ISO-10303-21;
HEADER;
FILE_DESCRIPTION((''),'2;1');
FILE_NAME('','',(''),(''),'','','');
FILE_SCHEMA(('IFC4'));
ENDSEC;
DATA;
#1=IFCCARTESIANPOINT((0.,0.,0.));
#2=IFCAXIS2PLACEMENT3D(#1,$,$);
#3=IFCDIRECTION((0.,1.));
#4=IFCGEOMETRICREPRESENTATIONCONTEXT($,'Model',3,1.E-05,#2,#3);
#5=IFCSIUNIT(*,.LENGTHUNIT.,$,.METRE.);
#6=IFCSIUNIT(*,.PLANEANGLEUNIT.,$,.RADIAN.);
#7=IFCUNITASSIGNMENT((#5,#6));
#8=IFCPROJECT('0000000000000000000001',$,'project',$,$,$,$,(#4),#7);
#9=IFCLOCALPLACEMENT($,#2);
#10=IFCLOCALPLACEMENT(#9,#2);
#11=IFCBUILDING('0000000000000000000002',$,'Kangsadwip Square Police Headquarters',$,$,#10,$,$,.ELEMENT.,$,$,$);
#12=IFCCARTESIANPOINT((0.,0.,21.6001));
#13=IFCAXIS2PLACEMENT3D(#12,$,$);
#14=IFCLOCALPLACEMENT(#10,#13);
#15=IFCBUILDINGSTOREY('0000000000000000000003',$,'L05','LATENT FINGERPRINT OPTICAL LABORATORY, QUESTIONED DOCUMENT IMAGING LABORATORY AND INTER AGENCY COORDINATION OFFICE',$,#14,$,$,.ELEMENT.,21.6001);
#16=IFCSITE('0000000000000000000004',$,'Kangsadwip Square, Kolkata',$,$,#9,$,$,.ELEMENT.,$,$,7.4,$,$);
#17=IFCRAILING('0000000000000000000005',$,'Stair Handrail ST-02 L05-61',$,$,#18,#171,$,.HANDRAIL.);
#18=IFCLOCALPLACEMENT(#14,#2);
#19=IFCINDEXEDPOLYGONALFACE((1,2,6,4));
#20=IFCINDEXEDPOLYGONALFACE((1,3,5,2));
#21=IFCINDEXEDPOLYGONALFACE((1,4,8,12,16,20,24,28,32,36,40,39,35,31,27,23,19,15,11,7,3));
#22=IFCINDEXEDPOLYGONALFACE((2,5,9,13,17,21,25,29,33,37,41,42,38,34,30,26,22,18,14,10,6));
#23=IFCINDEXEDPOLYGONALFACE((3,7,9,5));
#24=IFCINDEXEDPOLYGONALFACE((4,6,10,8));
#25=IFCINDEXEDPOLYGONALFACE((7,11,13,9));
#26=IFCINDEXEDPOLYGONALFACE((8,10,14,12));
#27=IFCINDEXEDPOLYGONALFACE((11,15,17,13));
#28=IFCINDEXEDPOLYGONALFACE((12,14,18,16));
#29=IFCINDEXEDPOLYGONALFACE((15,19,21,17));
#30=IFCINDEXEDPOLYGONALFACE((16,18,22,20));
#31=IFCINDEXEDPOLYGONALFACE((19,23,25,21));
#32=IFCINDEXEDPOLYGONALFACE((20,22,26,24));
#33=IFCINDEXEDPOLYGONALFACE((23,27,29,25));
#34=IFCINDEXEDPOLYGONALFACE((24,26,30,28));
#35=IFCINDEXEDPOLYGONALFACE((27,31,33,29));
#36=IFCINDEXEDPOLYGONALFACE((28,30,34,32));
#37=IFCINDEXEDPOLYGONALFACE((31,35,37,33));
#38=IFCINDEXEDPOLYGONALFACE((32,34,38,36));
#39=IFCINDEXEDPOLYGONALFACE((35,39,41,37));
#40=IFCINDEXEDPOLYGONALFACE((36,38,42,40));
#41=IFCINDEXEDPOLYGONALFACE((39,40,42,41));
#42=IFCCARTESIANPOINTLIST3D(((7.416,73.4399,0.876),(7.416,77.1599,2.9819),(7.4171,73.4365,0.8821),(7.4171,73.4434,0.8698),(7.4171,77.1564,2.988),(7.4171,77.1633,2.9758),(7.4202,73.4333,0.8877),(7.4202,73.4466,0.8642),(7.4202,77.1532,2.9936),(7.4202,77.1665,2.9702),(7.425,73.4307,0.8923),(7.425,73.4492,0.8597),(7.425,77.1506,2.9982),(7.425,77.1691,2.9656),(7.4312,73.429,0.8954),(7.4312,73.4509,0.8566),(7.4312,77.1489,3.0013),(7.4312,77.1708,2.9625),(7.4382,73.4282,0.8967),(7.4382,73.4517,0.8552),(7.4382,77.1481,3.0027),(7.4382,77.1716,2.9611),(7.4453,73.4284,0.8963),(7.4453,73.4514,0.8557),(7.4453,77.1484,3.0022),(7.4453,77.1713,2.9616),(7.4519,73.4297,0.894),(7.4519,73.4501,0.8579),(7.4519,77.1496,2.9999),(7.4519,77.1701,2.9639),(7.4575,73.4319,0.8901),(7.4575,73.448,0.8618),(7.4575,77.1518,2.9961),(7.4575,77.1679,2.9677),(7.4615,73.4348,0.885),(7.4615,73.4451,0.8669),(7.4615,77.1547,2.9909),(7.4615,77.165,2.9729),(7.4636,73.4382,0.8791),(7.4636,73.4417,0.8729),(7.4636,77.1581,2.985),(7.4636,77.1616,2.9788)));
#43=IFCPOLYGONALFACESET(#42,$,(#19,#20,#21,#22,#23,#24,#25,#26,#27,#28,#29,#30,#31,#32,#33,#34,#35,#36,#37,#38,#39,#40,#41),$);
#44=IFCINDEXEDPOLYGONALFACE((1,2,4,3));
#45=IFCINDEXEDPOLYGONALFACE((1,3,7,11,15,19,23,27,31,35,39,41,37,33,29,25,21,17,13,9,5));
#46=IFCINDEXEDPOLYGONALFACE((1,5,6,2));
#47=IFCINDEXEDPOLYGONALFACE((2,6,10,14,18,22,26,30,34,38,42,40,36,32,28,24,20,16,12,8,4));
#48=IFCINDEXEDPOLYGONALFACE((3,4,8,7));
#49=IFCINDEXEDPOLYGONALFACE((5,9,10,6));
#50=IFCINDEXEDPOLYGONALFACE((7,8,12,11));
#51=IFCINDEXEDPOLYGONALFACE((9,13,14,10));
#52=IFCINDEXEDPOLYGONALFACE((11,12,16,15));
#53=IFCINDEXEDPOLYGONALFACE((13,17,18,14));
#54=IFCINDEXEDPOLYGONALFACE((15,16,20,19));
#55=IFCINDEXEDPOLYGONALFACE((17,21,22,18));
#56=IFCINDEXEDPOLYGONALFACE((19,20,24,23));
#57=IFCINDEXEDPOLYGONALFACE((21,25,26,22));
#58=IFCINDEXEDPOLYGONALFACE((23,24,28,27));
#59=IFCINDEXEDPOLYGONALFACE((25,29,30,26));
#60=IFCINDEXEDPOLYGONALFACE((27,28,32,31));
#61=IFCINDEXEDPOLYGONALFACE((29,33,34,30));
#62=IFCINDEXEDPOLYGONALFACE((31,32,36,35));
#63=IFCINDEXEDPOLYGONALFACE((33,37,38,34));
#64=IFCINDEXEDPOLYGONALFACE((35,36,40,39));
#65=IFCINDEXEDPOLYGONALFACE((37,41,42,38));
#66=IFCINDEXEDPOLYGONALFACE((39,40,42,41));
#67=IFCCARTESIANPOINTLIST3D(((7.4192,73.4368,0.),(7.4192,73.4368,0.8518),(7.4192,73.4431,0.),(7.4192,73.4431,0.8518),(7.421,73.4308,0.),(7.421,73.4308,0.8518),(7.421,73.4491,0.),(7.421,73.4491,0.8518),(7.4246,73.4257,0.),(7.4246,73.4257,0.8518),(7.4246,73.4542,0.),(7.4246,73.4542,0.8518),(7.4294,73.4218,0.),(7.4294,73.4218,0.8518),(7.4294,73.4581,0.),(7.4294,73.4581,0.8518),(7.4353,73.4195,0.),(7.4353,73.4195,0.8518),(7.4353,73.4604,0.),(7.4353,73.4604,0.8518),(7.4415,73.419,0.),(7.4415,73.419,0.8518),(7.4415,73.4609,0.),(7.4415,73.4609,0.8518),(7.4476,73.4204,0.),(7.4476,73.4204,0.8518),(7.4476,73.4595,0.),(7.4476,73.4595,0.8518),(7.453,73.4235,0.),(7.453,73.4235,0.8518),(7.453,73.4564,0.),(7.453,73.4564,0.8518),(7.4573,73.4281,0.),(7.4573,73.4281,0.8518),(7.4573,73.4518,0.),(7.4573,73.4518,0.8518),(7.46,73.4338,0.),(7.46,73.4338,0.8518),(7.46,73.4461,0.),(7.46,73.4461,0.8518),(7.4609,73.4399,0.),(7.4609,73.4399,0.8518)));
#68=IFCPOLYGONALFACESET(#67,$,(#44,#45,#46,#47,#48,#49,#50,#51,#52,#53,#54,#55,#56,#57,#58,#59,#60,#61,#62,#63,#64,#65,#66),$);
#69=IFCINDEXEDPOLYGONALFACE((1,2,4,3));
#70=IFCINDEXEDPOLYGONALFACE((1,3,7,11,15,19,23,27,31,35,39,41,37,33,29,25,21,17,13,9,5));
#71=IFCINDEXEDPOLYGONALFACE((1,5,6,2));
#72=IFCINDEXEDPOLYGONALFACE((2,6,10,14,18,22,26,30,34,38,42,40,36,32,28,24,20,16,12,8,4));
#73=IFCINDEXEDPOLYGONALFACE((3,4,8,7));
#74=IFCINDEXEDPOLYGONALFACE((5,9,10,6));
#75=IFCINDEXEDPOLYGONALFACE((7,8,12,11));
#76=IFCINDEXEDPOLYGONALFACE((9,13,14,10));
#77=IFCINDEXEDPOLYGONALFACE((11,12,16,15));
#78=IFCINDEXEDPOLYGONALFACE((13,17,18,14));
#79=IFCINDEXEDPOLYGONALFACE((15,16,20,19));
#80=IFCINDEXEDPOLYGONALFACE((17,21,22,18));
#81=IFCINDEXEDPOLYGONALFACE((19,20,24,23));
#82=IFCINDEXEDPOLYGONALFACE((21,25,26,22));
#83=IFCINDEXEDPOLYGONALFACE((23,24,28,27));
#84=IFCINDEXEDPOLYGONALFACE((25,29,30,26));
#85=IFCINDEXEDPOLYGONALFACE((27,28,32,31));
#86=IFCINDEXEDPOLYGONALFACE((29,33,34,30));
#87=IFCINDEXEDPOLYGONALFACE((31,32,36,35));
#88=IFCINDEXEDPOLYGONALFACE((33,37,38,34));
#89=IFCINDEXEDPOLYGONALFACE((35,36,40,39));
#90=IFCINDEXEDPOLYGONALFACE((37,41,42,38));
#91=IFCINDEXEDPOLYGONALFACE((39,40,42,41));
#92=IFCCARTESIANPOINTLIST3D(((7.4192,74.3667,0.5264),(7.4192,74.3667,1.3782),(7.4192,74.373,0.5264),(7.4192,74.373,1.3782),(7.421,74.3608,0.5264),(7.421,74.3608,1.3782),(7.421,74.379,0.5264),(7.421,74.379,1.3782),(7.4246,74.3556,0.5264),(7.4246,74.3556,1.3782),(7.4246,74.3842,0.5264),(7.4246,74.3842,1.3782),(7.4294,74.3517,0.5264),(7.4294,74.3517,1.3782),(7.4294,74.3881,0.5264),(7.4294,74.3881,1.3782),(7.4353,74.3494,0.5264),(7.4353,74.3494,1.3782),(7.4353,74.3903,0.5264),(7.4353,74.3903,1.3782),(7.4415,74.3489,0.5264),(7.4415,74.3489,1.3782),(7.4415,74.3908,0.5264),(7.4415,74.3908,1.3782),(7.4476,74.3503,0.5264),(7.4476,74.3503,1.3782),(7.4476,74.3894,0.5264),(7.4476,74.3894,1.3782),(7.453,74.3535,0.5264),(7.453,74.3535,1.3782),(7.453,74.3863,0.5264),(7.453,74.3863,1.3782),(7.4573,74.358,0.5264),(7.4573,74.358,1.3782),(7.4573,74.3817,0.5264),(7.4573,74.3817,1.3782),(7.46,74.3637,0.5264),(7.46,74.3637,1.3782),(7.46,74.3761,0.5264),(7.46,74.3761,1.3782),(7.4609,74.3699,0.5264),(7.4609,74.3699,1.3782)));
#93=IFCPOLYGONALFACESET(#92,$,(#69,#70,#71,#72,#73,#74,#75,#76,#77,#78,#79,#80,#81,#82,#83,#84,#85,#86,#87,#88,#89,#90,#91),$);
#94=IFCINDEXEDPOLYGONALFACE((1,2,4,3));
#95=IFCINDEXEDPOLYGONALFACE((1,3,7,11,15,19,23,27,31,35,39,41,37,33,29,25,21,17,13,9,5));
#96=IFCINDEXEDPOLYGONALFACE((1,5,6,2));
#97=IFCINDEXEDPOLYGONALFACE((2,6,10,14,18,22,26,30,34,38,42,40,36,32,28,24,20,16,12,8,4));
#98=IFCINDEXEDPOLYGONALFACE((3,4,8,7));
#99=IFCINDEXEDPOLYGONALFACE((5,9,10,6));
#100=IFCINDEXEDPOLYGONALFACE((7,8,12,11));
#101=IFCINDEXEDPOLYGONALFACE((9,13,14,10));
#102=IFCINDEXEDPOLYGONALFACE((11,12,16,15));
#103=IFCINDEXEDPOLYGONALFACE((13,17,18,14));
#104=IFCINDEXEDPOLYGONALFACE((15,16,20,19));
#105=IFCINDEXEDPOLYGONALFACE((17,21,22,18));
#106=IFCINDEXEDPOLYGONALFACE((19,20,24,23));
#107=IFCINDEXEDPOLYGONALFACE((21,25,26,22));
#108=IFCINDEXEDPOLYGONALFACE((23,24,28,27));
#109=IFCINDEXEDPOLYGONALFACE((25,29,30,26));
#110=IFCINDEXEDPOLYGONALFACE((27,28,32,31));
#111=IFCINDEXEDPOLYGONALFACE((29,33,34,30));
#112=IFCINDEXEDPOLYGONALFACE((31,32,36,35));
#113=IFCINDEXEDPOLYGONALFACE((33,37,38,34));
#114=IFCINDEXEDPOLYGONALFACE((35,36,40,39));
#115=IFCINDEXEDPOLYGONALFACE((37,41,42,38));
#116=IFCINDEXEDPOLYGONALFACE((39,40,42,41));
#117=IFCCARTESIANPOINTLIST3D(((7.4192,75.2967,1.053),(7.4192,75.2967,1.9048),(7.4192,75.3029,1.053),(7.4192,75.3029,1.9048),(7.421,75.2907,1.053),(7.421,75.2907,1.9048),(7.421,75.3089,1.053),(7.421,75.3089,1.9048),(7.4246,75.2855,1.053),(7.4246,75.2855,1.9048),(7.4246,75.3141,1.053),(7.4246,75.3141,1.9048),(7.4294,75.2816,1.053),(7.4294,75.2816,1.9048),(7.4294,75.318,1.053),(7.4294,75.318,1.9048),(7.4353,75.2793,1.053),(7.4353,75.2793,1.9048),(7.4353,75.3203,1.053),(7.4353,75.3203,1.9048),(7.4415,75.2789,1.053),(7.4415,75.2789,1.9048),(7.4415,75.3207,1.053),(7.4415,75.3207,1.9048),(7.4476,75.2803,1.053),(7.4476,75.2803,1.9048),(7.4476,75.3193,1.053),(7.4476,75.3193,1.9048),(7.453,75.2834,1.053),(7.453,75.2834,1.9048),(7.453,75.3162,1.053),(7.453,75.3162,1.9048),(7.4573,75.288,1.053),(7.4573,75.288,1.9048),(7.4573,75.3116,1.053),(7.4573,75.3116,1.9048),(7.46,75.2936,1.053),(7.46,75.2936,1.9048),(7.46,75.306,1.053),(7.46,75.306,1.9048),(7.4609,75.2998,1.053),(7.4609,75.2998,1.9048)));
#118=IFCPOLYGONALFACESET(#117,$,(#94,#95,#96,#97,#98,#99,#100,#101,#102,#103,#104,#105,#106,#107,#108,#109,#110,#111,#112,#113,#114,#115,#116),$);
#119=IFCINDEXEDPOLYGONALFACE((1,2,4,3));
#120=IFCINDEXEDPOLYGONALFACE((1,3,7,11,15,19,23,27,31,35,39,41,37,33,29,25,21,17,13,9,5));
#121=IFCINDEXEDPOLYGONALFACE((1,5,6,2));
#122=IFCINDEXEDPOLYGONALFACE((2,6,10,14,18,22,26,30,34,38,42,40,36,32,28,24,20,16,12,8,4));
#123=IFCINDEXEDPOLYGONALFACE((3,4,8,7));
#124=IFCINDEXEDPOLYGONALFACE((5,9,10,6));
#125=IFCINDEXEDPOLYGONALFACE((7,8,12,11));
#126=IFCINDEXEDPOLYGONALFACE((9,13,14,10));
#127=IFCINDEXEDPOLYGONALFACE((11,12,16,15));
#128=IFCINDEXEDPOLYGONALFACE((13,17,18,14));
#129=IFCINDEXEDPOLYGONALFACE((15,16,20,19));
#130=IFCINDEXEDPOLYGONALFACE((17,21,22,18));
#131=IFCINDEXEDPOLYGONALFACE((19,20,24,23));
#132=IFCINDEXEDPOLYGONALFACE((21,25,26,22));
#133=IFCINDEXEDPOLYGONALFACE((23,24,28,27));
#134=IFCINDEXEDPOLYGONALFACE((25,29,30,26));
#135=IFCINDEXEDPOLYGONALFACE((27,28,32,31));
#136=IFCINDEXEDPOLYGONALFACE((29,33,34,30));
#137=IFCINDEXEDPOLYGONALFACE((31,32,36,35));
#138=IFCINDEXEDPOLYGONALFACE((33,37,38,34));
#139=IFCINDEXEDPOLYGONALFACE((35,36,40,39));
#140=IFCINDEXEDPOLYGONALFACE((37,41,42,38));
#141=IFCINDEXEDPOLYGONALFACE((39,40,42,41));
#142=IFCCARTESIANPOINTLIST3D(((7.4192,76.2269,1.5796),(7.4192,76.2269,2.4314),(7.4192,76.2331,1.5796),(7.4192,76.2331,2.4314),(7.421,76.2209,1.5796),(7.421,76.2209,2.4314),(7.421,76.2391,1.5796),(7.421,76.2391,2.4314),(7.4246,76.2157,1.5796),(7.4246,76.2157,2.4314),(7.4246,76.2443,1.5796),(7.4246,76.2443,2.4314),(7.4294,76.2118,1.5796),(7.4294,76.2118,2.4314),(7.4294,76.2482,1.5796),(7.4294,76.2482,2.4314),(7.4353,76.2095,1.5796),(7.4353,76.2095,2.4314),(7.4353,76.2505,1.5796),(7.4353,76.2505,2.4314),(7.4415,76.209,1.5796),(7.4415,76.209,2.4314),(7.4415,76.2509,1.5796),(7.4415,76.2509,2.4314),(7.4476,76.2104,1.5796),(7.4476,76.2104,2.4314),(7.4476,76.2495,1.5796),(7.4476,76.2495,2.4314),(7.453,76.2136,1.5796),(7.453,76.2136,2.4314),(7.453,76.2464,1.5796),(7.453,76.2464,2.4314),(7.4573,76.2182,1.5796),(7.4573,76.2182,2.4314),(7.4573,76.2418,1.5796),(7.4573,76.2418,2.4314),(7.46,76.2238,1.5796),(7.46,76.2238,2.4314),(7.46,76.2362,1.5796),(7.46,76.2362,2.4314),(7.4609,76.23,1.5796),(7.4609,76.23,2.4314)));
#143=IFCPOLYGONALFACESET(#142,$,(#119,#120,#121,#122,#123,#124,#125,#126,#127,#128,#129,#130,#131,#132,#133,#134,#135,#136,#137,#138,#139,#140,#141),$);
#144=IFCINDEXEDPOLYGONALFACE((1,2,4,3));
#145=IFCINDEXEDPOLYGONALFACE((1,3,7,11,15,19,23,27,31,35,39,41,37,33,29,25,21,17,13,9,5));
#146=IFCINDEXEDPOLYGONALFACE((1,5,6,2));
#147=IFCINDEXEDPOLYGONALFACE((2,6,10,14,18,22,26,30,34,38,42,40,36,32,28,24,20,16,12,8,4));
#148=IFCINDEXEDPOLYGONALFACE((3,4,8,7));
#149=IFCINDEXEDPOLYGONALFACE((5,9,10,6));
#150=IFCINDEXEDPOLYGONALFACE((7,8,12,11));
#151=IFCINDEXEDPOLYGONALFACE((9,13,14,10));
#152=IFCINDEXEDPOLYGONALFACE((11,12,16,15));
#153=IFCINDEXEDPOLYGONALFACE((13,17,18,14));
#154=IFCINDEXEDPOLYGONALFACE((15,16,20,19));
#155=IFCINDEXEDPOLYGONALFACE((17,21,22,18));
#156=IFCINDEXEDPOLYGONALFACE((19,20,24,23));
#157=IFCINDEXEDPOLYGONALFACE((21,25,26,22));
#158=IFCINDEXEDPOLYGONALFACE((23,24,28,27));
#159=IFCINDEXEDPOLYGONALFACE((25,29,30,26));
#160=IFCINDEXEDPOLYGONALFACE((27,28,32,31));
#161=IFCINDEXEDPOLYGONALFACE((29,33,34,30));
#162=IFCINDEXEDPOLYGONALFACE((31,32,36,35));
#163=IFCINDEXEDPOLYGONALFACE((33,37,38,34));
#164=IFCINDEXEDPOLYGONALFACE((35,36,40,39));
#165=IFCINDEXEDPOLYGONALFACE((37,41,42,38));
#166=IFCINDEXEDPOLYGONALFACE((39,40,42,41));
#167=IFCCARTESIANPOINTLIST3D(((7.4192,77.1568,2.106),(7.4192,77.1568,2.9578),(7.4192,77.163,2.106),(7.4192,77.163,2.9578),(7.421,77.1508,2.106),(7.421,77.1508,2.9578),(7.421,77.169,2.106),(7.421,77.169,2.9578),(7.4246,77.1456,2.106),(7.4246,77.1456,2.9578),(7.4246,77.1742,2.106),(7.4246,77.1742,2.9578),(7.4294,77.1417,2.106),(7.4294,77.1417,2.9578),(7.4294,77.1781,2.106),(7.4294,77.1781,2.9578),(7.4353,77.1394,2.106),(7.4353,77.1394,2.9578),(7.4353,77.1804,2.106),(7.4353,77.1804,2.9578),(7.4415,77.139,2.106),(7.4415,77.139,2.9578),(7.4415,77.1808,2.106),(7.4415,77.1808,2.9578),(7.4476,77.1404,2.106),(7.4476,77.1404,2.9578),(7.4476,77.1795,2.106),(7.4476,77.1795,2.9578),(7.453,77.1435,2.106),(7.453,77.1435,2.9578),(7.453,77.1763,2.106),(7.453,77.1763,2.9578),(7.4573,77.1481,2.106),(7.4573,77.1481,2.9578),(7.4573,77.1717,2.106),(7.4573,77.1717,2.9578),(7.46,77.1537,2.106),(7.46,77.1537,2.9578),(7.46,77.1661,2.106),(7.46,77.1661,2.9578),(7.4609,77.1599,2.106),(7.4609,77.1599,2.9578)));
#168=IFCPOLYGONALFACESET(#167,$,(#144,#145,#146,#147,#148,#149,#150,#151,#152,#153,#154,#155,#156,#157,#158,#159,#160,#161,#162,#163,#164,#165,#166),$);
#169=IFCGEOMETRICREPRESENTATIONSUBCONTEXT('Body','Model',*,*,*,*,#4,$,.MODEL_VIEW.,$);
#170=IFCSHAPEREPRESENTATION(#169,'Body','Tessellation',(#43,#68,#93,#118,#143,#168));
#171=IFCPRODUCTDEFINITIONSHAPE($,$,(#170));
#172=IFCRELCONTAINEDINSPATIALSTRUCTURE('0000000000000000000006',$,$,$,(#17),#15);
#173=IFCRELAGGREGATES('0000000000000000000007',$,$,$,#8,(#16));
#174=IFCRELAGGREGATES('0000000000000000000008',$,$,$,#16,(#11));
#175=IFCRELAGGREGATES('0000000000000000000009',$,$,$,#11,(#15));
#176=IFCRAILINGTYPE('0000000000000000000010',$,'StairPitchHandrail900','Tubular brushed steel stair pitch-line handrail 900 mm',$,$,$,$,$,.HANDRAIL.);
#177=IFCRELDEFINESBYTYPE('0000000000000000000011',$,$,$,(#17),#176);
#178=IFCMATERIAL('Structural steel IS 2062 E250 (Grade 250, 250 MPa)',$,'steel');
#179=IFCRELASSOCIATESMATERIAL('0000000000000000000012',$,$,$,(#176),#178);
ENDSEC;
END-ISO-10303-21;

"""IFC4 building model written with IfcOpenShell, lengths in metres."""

from ifc_helpers import new_model, si_unit, direction, frame, origin, origin_2d, place, context, subcontext, project, spatial, circle, extrude, material, type_object, element, save


model = new_model("IFC4")

# Units and contexts
model_context = context("Model", 3, precision=1e-05, world=origin(), true_north=direction((0.0, 1.0)))
body_context = subcontext(model_context, "Body", "Model", "MODEL_VIEW")
ifc_project = project(units=[si_unit("LENGTHUNIT", "METRE"), si_unit("PLANEANGLEUNIT", "RADIAN")], contexts=[model_context])

# Site, building, storey
site_placement = place(None, origin())
site = spatial("IfcSite", under=ifc_project, at=site_placement, Name="Kangsadwip Square, Kolkata", CompositionType="ELEMENT", RefElevation=7.4)
building_placement = place(site_placement, origin())
building = spatial("IfcBuilding", under=site, at=building_placement, Name="Kangsadwip Square Police Headquarters", CompositionType="ELEMENT")
storey_placement = place(building_placement, frame((0.0, 0.0, 21.6001)))
storey = spatial("IfcBuildingStorey", under=building, at=storey_placement, Name="L05", Description="LATENT FINGERPRINT OPTICAL LABORATORY, QUESTIONED DOCUMENT IMAGING LABORATORY AND INTER AGENCY COORDINATION OFFICE", CompositionType="ELEMENT", Elevation=21.6001)

# Railing
ifc_material_1 = material(Name="Structural steel IS 2062 E250 (Grade 250, 250 MPa)", Category="steel")
railing_type_1 = type_object("IfcRailingType", Name="StairPitchHandrail900", Description="Tubular brushed steel stair pitch-line handrail 900 mm", PredefinedType="HANDRAIL", material=ifc_material_1)
railing_1_placement = place(storey_placement, frame((7.4399, 73.4399, 0.0)))
element("IfcRailing", 1, at=railing_1_placement, inside=storey, type_object=railing_type_1, Name="Stair Handrail ST-02 L05-61", PredefinedType="HANDRAIL", context=body_context, shape_type="SweptSolid", body=[
    extrude(circle(Radius=0.0239, at=origin_2d()), frame((0.0, 0.0, 0.876), z_axis=(0.0, 0.870225, 0.492654), x_axis=(-1.0, 0.0, 0.0)), (0.0, 0.0, 1.0), 4.2747),
    extrude(circle(Radius=0.021, at=origin_2d()), origin(), (0.0, 0.0, 1.0), 0.8518),
    extrude(circle(Radius=0.021, at=origin_2d()), frame((0.0, 0.9299, 0.5264)), (0.0, 0.0, 1.0), 0.8518),
    extrude(circle(Radius=0.021, at=origin_2d()), frame((0.0, 1.8599, 1.053)), (0.0, 0.0, 1.0), 0.8518),
    extrude(circle(Radius=0.021, at=origin_2d()), frame((0.0, 2.79, 1.5796)), (0.0, 0.0, 1.0), 0.8518),
    extrude(circle(Radius=0.021, at=origin_2d()), frame((0.0, 3.72, 2.106)), (0.0, 0.0, 1.0), 0.8518),
])

save(model, "model.ifc")
